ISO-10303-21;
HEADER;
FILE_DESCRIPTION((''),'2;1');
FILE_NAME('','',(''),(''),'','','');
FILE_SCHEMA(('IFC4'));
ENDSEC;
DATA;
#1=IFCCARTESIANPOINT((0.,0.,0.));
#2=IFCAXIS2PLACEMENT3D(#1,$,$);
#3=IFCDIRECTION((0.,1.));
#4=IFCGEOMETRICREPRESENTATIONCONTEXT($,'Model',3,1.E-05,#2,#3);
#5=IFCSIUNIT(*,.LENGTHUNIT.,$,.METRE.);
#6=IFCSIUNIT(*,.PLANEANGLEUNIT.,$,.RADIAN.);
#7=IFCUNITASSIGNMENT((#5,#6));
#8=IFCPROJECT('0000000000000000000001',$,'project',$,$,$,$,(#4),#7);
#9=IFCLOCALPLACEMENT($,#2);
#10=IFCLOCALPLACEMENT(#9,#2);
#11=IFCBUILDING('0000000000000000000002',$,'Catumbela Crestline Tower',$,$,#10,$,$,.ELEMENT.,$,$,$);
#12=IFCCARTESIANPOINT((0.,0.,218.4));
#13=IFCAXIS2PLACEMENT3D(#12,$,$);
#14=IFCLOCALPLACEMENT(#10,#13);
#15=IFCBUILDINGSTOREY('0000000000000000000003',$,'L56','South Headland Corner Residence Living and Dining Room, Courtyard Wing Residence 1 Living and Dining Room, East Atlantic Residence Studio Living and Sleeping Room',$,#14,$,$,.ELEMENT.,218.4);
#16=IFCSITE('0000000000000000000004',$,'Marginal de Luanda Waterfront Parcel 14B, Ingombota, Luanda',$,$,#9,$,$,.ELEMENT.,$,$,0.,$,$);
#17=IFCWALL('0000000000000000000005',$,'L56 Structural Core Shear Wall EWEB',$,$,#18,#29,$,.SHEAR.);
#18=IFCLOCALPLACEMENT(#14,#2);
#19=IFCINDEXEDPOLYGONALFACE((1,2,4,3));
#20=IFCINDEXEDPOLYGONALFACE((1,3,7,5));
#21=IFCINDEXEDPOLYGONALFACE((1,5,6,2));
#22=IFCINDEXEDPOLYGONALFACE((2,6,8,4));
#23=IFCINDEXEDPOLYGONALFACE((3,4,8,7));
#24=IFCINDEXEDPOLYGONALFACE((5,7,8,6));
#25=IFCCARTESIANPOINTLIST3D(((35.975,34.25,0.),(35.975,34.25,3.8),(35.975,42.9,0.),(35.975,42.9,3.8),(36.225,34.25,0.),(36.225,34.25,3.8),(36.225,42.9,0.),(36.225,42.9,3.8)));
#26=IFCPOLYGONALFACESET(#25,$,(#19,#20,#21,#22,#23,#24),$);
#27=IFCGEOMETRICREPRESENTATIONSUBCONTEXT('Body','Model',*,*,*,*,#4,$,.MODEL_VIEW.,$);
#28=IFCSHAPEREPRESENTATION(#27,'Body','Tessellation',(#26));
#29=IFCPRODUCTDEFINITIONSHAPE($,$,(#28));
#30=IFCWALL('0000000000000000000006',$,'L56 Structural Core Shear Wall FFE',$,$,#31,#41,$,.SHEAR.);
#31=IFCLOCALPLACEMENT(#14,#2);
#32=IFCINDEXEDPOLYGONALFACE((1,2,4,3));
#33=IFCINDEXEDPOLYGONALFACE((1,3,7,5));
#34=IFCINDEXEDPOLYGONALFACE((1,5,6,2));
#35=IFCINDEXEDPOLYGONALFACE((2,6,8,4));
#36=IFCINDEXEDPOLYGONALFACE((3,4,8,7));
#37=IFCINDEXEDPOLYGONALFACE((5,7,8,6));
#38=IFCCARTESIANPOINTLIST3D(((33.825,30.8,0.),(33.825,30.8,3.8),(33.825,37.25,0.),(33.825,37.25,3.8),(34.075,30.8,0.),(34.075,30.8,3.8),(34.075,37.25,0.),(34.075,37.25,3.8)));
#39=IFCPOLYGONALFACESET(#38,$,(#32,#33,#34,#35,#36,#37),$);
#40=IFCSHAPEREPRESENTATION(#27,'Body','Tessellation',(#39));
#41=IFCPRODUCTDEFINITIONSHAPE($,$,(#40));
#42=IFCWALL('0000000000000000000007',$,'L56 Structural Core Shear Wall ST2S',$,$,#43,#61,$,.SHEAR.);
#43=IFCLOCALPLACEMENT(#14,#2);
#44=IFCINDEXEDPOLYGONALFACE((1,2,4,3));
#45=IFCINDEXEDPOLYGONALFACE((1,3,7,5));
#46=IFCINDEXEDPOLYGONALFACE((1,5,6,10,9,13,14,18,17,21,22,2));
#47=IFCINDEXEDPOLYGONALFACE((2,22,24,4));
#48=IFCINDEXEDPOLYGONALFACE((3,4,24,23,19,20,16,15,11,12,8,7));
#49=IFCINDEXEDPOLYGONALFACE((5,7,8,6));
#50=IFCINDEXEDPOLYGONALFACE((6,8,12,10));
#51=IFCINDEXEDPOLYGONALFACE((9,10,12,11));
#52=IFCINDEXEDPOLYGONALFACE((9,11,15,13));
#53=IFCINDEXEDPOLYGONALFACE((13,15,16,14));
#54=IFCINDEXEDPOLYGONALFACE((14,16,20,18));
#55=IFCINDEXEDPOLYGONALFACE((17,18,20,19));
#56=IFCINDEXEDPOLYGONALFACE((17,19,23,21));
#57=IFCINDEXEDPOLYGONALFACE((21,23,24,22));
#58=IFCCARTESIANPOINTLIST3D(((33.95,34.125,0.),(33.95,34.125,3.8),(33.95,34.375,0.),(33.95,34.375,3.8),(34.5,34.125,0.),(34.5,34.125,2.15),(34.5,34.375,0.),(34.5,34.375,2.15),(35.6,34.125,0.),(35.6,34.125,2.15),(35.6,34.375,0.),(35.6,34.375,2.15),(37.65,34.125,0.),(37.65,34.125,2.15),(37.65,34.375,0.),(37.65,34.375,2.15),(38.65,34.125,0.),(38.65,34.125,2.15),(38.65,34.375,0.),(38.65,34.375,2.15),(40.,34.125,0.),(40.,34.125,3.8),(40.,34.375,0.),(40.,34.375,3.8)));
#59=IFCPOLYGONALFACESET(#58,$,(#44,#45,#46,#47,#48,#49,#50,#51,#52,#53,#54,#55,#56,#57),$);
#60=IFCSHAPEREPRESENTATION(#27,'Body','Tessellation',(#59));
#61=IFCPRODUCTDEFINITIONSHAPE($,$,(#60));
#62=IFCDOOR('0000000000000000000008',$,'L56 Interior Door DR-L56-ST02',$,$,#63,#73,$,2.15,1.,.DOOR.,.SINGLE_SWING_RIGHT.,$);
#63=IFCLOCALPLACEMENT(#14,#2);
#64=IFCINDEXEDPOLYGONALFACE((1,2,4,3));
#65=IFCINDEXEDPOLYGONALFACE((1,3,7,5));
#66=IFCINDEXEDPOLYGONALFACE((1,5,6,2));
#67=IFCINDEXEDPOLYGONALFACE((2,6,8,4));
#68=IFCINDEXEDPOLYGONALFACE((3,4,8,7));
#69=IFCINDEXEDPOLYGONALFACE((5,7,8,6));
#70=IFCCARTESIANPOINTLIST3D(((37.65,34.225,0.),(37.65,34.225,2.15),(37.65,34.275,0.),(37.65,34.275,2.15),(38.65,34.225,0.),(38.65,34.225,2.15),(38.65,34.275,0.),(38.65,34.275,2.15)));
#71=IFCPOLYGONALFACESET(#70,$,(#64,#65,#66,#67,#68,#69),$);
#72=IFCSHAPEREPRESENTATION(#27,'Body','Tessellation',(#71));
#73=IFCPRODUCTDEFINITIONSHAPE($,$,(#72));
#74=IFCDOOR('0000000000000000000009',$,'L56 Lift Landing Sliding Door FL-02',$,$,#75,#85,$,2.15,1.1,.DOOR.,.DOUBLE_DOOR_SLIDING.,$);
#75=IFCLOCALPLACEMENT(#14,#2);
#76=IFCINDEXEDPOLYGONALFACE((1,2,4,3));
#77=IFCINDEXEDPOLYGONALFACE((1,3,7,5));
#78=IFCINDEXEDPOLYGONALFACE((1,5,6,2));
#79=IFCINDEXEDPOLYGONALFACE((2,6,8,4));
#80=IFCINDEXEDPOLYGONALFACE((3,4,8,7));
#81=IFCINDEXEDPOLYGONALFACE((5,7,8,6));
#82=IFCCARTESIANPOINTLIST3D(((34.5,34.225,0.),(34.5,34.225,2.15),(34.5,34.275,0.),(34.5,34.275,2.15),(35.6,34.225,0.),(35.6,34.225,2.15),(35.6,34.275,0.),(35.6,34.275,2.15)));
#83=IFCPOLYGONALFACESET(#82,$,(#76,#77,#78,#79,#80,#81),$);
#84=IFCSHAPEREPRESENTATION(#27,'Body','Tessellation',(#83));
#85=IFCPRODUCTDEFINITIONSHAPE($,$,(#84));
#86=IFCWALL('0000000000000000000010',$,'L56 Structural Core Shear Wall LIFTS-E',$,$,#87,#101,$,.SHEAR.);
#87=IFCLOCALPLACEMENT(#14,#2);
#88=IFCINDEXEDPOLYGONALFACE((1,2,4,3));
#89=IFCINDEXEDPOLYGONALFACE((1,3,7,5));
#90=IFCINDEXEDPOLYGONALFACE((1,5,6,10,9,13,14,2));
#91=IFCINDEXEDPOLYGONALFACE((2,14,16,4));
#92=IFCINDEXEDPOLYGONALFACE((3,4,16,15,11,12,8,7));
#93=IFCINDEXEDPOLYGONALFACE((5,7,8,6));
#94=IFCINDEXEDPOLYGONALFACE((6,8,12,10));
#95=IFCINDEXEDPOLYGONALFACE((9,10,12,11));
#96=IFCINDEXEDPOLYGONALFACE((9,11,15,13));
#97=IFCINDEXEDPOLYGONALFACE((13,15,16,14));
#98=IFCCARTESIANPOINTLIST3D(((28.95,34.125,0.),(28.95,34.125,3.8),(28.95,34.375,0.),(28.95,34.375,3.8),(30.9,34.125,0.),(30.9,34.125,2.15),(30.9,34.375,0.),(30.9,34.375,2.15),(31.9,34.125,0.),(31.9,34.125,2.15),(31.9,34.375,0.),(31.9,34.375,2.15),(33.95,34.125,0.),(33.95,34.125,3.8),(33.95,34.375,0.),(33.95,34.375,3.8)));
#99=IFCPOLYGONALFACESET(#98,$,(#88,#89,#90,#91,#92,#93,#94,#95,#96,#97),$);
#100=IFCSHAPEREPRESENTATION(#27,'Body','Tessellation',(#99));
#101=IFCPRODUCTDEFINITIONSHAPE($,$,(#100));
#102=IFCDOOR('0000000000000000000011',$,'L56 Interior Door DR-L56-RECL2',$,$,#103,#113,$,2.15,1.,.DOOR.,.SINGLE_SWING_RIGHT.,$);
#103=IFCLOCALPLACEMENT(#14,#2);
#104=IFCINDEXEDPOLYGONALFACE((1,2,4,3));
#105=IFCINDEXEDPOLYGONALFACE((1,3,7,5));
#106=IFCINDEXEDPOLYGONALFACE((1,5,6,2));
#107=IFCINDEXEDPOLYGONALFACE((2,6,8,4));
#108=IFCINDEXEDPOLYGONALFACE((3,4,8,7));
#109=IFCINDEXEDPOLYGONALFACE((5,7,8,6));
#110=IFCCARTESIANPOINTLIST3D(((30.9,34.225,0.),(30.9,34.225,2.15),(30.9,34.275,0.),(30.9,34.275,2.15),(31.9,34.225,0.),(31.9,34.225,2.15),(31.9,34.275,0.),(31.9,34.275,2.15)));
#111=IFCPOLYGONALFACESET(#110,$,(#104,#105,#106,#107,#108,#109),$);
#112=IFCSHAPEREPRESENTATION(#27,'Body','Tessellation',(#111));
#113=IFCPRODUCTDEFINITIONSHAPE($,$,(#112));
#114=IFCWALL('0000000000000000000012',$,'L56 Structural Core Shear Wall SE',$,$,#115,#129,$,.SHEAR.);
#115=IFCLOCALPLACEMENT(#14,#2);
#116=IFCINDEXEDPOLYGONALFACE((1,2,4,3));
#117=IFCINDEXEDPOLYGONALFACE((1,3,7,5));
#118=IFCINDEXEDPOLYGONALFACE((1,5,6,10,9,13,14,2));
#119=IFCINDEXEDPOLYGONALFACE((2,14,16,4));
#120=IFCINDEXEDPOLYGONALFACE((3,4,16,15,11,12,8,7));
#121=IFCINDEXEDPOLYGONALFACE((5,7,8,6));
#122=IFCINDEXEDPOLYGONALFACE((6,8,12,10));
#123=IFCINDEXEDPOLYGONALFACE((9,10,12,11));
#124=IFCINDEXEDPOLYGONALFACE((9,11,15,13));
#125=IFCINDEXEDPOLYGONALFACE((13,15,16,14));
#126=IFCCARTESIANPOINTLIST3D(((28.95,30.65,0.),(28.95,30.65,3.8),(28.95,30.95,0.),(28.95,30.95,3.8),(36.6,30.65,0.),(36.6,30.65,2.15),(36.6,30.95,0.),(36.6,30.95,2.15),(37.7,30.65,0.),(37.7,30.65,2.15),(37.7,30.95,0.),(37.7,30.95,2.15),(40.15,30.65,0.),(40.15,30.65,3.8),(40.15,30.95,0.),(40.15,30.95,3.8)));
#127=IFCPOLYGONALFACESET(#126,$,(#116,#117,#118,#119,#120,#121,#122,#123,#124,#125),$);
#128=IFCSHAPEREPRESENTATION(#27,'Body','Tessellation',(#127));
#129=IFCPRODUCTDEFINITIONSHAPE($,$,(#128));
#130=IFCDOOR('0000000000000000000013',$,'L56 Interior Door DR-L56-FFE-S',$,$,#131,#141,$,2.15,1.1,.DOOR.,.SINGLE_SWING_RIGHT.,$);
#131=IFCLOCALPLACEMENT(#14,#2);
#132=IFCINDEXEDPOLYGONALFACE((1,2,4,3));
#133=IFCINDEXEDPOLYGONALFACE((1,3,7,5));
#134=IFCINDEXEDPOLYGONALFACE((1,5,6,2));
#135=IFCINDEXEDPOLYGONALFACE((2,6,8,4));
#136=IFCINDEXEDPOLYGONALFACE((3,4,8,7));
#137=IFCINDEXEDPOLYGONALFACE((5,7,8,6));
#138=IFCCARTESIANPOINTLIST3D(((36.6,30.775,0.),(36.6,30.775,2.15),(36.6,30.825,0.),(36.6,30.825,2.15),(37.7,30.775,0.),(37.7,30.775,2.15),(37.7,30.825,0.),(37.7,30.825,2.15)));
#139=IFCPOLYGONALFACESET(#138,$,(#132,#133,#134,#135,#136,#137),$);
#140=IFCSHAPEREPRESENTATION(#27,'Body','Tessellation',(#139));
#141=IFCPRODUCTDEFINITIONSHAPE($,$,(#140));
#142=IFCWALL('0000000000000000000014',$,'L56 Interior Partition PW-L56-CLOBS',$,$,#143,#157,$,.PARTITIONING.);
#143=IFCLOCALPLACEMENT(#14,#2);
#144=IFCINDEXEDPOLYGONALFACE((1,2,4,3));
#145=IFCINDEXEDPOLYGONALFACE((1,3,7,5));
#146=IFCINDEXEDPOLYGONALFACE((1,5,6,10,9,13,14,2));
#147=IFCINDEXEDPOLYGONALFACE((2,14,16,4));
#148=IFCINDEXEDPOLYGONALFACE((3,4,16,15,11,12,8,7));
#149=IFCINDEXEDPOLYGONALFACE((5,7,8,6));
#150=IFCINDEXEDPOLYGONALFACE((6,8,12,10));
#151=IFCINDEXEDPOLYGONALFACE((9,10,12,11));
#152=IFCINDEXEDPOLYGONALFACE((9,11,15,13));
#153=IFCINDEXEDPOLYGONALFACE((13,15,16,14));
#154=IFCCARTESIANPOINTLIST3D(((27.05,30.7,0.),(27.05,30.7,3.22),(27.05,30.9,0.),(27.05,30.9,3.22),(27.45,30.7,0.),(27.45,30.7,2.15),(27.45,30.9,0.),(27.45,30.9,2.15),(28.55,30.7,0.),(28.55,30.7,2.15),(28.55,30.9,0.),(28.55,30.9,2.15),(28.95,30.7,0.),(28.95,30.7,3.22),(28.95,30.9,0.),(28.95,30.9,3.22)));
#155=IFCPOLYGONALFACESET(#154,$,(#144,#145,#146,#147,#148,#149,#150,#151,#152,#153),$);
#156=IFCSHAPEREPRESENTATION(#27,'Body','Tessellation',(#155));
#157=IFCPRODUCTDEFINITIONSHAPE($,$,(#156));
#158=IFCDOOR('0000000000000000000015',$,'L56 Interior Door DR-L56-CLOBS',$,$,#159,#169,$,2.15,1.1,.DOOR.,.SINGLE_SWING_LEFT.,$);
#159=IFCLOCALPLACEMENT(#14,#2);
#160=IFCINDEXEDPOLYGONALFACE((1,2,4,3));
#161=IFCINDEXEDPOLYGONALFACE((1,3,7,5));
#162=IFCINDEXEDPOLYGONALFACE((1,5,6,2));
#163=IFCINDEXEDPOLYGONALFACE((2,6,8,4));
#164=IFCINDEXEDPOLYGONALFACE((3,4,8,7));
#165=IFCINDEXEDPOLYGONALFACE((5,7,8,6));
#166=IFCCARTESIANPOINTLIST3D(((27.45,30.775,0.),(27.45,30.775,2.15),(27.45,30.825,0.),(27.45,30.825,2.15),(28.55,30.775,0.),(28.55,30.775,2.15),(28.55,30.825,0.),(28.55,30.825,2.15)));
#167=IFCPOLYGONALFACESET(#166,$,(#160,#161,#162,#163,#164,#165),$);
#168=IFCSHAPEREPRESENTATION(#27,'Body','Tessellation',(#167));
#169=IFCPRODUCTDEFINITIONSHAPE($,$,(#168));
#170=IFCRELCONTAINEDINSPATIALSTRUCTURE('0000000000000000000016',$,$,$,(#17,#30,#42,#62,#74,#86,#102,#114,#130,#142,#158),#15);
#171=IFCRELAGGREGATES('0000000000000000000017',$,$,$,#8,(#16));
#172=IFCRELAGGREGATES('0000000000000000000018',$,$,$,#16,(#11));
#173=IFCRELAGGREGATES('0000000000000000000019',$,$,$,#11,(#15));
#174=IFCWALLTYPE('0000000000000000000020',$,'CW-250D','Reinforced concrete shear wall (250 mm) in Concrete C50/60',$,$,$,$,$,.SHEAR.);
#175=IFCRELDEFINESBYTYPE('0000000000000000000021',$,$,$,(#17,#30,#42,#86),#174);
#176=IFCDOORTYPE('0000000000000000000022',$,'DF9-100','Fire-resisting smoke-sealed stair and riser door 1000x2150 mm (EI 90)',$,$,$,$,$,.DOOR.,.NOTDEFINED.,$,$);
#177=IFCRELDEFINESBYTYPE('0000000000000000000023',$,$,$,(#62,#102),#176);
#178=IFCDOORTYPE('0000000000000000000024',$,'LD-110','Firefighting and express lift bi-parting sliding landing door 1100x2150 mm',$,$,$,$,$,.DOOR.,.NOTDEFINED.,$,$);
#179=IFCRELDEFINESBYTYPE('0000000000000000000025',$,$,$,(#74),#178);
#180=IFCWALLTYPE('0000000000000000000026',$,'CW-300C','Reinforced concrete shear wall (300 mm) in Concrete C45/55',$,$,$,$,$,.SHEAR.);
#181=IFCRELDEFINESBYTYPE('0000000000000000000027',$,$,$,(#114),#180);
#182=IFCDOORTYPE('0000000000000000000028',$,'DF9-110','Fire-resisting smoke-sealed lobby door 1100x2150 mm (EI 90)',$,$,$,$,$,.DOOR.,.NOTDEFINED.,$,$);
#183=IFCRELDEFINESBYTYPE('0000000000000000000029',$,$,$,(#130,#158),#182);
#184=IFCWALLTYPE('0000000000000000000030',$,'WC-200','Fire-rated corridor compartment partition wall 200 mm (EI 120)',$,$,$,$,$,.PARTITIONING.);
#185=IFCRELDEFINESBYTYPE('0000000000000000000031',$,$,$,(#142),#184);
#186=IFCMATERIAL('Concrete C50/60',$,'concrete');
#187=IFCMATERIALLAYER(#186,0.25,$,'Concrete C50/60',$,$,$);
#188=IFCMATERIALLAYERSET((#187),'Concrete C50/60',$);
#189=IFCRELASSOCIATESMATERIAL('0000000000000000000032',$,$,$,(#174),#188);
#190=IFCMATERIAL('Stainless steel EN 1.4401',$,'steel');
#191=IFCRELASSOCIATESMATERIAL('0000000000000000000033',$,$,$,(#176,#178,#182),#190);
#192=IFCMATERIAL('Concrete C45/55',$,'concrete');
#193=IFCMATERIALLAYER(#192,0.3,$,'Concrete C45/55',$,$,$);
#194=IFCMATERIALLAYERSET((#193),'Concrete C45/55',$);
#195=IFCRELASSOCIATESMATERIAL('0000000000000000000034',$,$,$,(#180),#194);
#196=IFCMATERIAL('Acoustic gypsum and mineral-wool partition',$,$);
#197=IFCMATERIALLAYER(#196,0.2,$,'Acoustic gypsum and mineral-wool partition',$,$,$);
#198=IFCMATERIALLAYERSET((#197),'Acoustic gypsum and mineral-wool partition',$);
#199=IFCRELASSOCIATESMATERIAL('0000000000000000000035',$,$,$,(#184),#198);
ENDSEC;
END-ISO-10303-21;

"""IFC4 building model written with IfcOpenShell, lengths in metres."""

from ifc_helpers import new_model, si_unit, direction, frame, frame_2d, origin, place, context, subcontext, project, spatial, rectangle, extrude, material, layer, layer_set, type_object, element, fill, save


model = new_model("IFC4")

# Units and contexts
model_context = context("Model", 3, precision=1e-05, world=origin(), true_north=direction((0.0, 1.0)))
body_context = subcontext(model_context, "Body", "Model", "MODEL_VIEW")
ifc_project = project(units=[si_unit("LENGTHUNIT", "METRE"), si_unit("PLANEANGLEUNIT", "RADIAN")], contexts=[model_context])

# Site, building, storey
site_placement = place(None, origin())
site = spatial("IfcSite", under=ifc_project, at=site_placement, Name="Marginal de Luanda Waterfront Parcel 14B, Ingombota, Luanda", CompositionType="ELEMENT", RefElevation=0.0)
building_placement = place(site_placement, origin())
building = spatial("IfcBuilding", under=site, at=building_placement, Name="Catumbela Crestline Tower", CompositionType="ELEMENT")
storey_placement = place(building_placement, frame((0.0, 0.0, 218.4)))
storey = spatial("IfcBuildingStorey", under=building, at=storey_placement, Name="L56", Description="South Headland Corner Residence Living and Dining Room, Courtyard Wing Residence 1 Living and Dining Room, East Atlantic Residence Studio Living and Sleeping Room", CompositionType="ELEMENT", Elevation=218.4)

# Walls
ifc_material_1 = material(Name="Concrete C50/60", Category="concrete")
ifc_layer_1 = layer(ifc_material_1, 0.25, Name="Concrete C50/60")
ifc_layer_set_1 = layer_set([ifc_layer_1], Name="Concrete C50/60")
wall_type_1 = type_object("IfcWallType", Name="CW-250D", Description="Reinforced concrete shear wall (250 mm) in Concrete C50/60", PredefinedType="SHEAR", material=ifc_layer_set_1)
wall_1_placement = place(storey_placement, frame((36.1, 34.25, 0.0), z_axis=(0.0, 0.0, 1.0), x_axis=(0.0, 1.0, 0.0)))
element("IfcWall", 1, at=wall_1_placement, inside=storey, type_object=wall_type_1, Name="L56 Structural Core Shear Wall EWEB", PredefinedType="SHEAR", context=body_context, shape_type="SweptSolid", body=[
    extrude(rectangle(XDim=8.65, YDim=0.25, at=frame_2d((4.325, 0.0))), origin(), (0.0, 0.0, 1.0), 3.8),
])
wall_2_placement = place(storey_placement, frame((33.95, 30.8, 0.0), z_axis=(0.0, 0.0, 1.0), x_axis=(0.0, 1.0, 0.0)))
element("IfcWall", 2, at=wall_2_placement, inside=storey, type_object=wall_type_1, Name="L56 Structural Core Shear Wall FFE", PredefinedType="SHEAR", context=body_context, shape_type="SweptSolid", body=[
    extrude(rectangle(XDim=6.45, YDim=0.25, at=frame_2d((3.225, 0.0))), origin(), (0.0, 0.0, 1.0), 3.8),
])

# Wall, openings, doors
wall_3_placement = place(storey_placement, frame((33.95, 34.25, 0.0), z_axis=(0.0, 0.0, 1.0), x_axis=(1.0, 0.0, 0.0)))
wall_3 = element("IfcWall", 3, at=wall_3_placement, inside=storey, type_object=wall_type_1, Name="L56 Structural Core Shear Wall ST2S", PredefinedType="SHEAR", context=body_context, shape_type="SweptSolid", body=[
    extrude(rectangle(XDim=6.05, YDim=0.25, at=frame_2d((3.025, 0.0))), origin(), (0.0, 0.0, 1.0), 3.8),
])
opening_1_placement = place(wall_3_placement, frame((3.7, 0.0, 0.0)))
opening_1 = element("IfcOpeningElement", 4, at=opening_1_placement, cuts=wall_3, PredefinedType="OPENING", context=body_context, shape_type="SweptSolid", body=[
    extrude(rectangle(XDim=1.0, YDim=2.15, at=frame_2d((0.5, 1.075))), frame((0.0, 0.135, 0.0), z_axis=(0.0, -1.0, 0.0), x_axis=(1.0, 0.0, 0.0)), (0.0, 0.0, 1.0), 0.27),
])
opening_2_placement = place(wall_3_placement, frame((0.55, 0.0, 0.0)))
opening_2 = element("IfcOpeningElement", 5, at=opening_2_placement, cuts=wall_3, PredefinedType="OPENING", context=body_context, shape_type="SweptSolid", body=[
    extrude(rectangle(XDim=1.1, YDim=2.15, at=frame_2d((0.55, 1.075))), frame((0.0, 0.135, 0.0), z_axis=(0.0, -1.0, 0.0), x_axis=(1.0, 0.0, 0.0)), (0.0, 0.0, 1.0), 0.27),
])
ifc_material_2 = material(Name="Stainless steel EN 1.4401", Category="steel")
door_type_1 = type_object("IfcDoorType", Name="DF9-100", Description="Fire-resisting smoke-sealed stair and riser door 1000x2150 mm (EI 90)", OperationType="NOTDEFINED", PredefinedType="DOOR", material=ifc_material_2)
door_1_placement = place(opening_1_placement, origin())
door_1 = element("IfcDoor", 6, at=door_1_placement, inside=storey, type_object=door_type_1, Name="L56 Interior Door DR-L56-ST02", OperationType="SINGLE_SWING_RIGHT", OverallHeight=2.15, OverallWidth=1.0, PredefinedType="DOOR", context=body_context, shape_type="SweptSolid", body=[
    extrude(rectangle(XDim=1.0, YDim=2.15, at=frame_2d((0.5, 1.075))), frame((0.0, 0.025, 0.0), z_axis=(0.0, -1.0, 0.0), x_axis=(1.0, 0.0, 0.0)), (0.0, 0.0, 1.0), 0.05),
])
fill(opening_1, door_1)
door_type_2 = type_object("IfcDoorType", Name="LD-110", Description="Firefighting and express lift bi-parting sliding landing door 1100x2150 mm", OperationType="NOTDEFINED", PredefinedType="DOOR", material=ifc_material_2)
door_2_placement = place(opening_2_placement, origin())
door_2 = element("IfcDoor", 7, at=door_2_placement, inside=storey, type_object=door_type_2, Name="L56 Lift Landing Sliding Door FL-02", OperationType="DOUBLE_DOOR_SLIDING", OverallHeight=2.15, OverallWidth=1.1, PredefinedType="DOOR", context=body_context, shape_type="SweptSolid", body=[
    extrude(rectangle(XDim=1.1, YDim=2.15, at=frame_2d((0.55, 1.075))), frame((0.0, 0.025, 0.0), z_axis=(0.0, -1.0, 0.0), x_axis=(1.0, 0.0, 0.0)), (0.0, 0.0, 1.0), 0.05),
])
fill(opening_2, door_2)

# Walls, openings, doors
wall_4_placement = place(storey_placement, frame((28.95, 34.25, 0.0), z_axis=(0.0, 0.0, 1.0), x_axis=(1.0, 0.0, 0.0)))
wall_4 = element("IfcWall", 8, at=wall_4_placement, inside=storey, type_object=wall_type_1, Name="L56 Structural Core Shear Wall LIFTS-E", PredefinedType="SHEAR", context=body_context, shape_type="SweptSolid", body=[
    extrude(rectangle(XDim=5.0, YDim=0.25, at=frame_2d((2.5, 0.0))), origin(), (0.0, 0.0, 1.0), 3.8),
])
opening_3_placement = place(wall_4_placement, frame((1.95, 0.0, 0.0)))
opening_3 = element("IfcOpeningElement", 9, at=opening_3_placement, cuts=wall_4, PredefinedType="OPENING", context=body_context, shape_type="SweptSolid", body=[
    extrude(rectangle(XDim=1.0, YDim=2.15, at=frame_2d((0.5, 1.075))), frame((0.0, 0.135, 0.0), z_axis=(0.0, -1.0, 0.0), x_axis=(1.0, 0.0, 0.0)), (0.0, 0.0, 1.0), 0.27),
])
door_3_placement = place(opening_3_placement, origin())
door_3 = element("IfcDoor", 10, at=door_3_placement, inside=storey, type_object=door_type_1, Name="L56 Interior Door DR-L56-RECL2", OperationType="SINGLE_SWING_RIGHT", OverallHeight=2.15, OverallWidth=1.0, PredefinedType="DOOR", context=body_context, shape_type="SweptSolid", body=[
    extrude(rectangle(XDim=1.0, YDim=2.15, at=frame_2d((0.5, 1.075))), frame((0.0, 0.025, 0.0), z_axis=(0.0, -1.0, 0.0), x_axis=(1.0, 0.0, 0.0)), (0.0, 0.0, 1.0), 0.05),
])
fill(opening_3, door_3)
ifc_material_3 = material(Name="Concrete C45/55", Category="concrete")
ifc_layer_2 = layer(ifc_material_3, 0.3, Name="Concrete C45/55")
ifc_layer_set_2 = layer_set([ifc_layer_2], Name="Concrete C45/55")
wall_type_2 = type_object("IfcWallType", Name="CW-300C", Description="Reinforced concrete shear wall (300 mm) in Concrete C45/55", PredefinedType="SHEAR", material=ifc_layer_set_2)
wall_5_placement = place(storey_placement, frame((28.95, 30.8, 0.0), z_axis=(0.0, 0.0, 1.0), x_axis=(1.0, 0.0, 0.0)))
wall_5 = element("IfcWall", 11, at=wall_5_placement, inside=storey, type_object=wall_type_2, Name="L56 Structural Core Shear Wall SE", PredefinedType="SHEAR", context=body_context, shape_type="SweptSolid", body=[
    extrude(rectangle(XDim=11.2, YDim=0.3, at=frame_2d((5.6, 0.0))), origin(), (0.0, 0.0, 1.0), 3.8),
])
opening_4_placement = place(wall_5_placement, frame((7.65, 0.0, 0.0)))
opening_4 = element("IfcOpeningElement", 12, at=opening_4_placement, cuts=wall_5, PredefinedType="OPENING", context=body_context, shape_type="SweptSolid", body=[
    extrude(rectangle(XDim=1.1, YDim=2.15, at=frame_2d((0.55, 1.075))), frame((0.0, 0.16, 0.0), z_axis=(0.0, -1.0, 0.0), x_axis=(1.0, 0.0, 0.0)), (0.0, 0.0, 1.0), 0.32),
])
door_type_3 = type_object("IfcDoorType", Name="DF9-110", Description="Fire-resisting smoke-sealed lobby door 1100x2150 mm (EI 90)", OperationType="NOTDEFINED", PredefinedType="DOOR", material=ifc_material_2)
door_4_placement = place(opening_4_placement, origin())
door_4 = element("IfcDoor", 13, at=door_4_placement, inside=storey, type_object=door_type_3, Name="L56 Interior Door DR-L56-FFE-S", OperationType="SINGLE_SWING_RIGHT", OverallHeight=2.15, OverallWidth=1.1, PredefinedType="DOOR", context=body_context, shape_type="SweptSolid", body=[
    extrude(rectangle(XDim=1.1, YDim=2.15, at=frame_2d((0.55, 1.075))), frame((0.0, 0.025, 0.0), z_axis=(0.0, -1.0, 0.0), x_axis=(1.0, 0.0, 0.0)), (0.0, 0.0, 1.0), 0.05),
])
fill(opening_4, door_4)
ifc_material_4 = material(Name="Acoustic gypsum and mineral-wool partition")
ifc_layer_3 = layer(ifc_material_4, 0.2, Name="Acoustic gypsum and mineral-wool partition")
ifc_layer_set_3 = layer_set([ifc_layer_3], Name="Acoustic gypsum and mineral-wool partition")
wall_type_3 = type_object("IfcWallType", Name="WC-200", Description="Fire-rated corridor compartment partition wall 200 mm (EI 120)", PredefinedType="PARTITIONING", material=ifc_layer_set_3)
wall_6_placement = place(storey_placement, frame((27.05, 30.8, 0.0), z_axis=(0.0, 0.0, 1.0), x_axis=(1.0, 0.0, 0.0)))
wall_6 = element("IfcWall", 14, at=wall_6_placement, inside=storey, type_object=wall_type_3, Name="L56 Interior Partition PW-L56-CLOBS", PredefinedType="PARTITIONING", context=body_context, shape_type="SweptSolid", body=[
    extrude(rectangle(XDim=1.9, YDim=0.2, at=frame_2d((0.95, 0.0))), origin(), (0.0, 0.0, 1.0), 3.22),
])
opening_5_placement = place(wall_6_placement, frame((0.4, 0.0, 0.0)))
opening_5 = element("IfcOpeningElement", 15, at=opening_5_placement, cuts=wall_6, PredefinedType="OPENING", context=body_context, shape_type="SweptSolid", body=[
    extrude(rectangle(XDim=1.1, YDim=2.15, at=frame_2d((0.55, 1.075))), frame((0.0, 0.11, 0.0), z_axis=(0.0, -1.0, 0.0), x_axis=(1.0, 0.0, 0.0)), (0.0, 0.0, 1.0), 0.22),
])
door_5_placement = place(opening_5_placement, origin())
door_5 = element("IfcDoor", 16, at=door_5_placement, inside=storey, type_object=door_type_3, Name="L56 Interior Door DR-L56-CLOBS", OperationType="SINGLE_SWING_LEFT", OverallHeight=2.15, OverallWidth=1.1, PredefinedType="DOOR", context=body_context, shape_type="SweptSolid", body=[
    extrude(rectangle(XDim=1.1, YDim=2.15, at=frame_2d((0.55, 1.075))), frame((0.0, 0.025, 0.0), z_axis=(0.0, -1.0, 0.0), x_axis=(1.0, 0.0, 0.0)), (0.0, 0.0, 1.0), 0.05),
])
fill(opening_5, door_5)

save(model, "model.ifc")
